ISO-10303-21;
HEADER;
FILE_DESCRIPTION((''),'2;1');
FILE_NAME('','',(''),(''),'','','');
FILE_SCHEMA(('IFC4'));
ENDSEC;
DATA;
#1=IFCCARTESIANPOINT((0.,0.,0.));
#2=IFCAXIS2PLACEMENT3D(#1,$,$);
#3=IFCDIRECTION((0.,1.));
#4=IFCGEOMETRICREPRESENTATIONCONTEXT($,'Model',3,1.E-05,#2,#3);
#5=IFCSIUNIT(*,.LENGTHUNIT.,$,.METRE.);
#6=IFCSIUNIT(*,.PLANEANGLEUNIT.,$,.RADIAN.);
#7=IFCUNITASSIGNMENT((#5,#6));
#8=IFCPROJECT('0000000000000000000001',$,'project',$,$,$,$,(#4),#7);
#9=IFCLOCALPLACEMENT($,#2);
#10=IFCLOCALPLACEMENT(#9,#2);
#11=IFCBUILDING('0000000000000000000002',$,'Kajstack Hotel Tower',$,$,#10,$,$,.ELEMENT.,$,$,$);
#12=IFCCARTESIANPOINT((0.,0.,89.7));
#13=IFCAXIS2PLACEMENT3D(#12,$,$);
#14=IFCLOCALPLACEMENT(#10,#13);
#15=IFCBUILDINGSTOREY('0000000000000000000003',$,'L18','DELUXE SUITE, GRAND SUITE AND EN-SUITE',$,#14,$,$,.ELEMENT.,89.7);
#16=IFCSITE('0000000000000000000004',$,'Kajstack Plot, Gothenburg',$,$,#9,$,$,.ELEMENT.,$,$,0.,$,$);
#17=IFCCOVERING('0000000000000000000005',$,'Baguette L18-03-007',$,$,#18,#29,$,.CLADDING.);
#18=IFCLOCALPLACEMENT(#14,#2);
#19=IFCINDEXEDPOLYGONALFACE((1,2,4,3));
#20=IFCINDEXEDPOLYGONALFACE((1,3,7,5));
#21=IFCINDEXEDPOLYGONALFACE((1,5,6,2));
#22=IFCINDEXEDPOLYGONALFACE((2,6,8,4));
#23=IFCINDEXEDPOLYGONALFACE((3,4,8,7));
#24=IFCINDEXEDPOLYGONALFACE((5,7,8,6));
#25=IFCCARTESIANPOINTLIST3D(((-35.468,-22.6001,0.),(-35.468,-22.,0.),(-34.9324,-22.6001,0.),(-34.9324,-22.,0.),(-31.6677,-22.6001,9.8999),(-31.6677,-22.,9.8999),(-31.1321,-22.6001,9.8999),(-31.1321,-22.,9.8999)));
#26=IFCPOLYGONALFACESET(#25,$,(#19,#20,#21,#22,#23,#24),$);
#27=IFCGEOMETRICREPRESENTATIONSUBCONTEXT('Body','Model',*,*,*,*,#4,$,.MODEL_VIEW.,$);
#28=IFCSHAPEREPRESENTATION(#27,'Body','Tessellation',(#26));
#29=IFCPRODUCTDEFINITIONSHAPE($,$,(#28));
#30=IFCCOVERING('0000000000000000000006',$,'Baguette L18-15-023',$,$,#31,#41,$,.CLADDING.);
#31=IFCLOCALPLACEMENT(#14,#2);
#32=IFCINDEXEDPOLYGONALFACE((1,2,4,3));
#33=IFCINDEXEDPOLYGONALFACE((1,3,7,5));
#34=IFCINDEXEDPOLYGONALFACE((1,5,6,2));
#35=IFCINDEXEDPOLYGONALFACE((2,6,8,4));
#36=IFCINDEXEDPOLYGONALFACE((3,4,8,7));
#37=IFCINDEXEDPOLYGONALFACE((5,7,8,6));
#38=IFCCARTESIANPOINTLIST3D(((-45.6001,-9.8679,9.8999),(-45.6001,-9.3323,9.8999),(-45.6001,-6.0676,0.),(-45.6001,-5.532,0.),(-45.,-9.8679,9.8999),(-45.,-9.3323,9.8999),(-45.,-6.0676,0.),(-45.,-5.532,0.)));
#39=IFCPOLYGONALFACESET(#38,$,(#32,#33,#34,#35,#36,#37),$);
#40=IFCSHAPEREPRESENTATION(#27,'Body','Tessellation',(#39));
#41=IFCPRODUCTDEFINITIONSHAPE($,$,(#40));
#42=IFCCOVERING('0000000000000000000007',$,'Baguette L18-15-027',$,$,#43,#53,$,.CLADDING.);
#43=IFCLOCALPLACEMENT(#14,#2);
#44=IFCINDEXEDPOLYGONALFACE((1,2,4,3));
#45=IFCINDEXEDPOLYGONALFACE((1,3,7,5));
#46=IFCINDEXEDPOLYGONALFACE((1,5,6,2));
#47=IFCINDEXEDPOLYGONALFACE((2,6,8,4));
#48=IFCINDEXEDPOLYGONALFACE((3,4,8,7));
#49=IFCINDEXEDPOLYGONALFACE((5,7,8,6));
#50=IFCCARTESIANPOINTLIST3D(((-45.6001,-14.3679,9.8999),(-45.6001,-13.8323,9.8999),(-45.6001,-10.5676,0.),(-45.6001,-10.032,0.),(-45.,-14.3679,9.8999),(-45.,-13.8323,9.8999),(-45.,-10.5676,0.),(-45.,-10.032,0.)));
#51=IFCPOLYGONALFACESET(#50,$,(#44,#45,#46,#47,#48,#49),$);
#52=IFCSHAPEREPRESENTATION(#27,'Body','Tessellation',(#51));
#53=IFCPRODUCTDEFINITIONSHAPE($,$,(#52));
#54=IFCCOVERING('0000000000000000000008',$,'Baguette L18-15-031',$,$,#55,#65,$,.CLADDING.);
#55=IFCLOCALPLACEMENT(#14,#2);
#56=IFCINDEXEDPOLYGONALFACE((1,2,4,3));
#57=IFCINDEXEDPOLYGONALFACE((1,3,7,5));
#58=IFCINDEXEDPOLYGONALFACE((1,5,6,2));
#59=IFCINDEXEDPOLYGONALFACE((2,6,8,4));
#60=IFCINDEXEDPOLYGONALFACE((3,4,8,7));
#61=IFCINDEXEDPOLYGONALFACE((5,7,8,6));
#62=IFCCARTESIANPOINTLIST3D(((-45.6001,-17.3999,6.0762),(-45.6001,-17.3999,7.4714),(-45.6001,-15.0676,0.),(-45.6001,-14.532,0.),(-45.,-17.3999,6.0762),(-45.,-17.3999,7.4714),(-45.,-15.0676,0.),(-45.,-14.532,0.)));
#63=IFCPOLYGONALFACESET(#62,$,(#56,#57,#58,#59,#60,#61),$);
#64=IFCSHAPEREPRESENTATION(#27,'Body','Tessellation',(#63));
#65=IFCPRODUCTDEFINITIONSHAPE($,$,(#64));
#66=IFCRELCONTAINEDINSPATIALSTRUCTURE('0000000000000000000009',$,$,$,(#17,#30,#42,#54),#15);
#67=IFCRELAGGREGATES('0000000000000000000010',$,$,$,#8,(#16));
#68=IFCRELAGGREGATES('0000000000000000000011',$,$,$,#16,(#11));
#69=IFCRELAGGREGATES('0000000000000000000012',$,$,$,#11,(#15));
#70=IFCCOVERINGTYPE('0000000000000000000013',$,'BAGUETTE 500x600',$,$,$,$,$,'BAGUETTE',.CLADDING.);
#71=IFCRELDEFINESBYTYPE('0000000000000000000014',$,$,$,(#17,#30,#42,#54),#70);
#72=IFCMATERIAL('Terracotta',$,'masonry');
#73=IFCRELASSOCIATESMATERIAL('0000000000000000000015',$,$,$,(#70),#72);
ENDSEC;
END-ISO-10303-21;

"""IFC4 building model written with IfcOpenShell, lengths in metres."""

from ifc_helpers import new_model, si_unit, direction, frame, origin, origin_2d, place, context, subcontext, project, spatial, polyline, rectangle, outline, extrude, material, material_profile, profile_set, type_object, element, save


model = new_model("IFC4")

# Units and contexts
model_context = context("Model", 3, precision=1e-05, world=origin(), true_north=direction((0.0, 1.0)))
body_context = subcontext(model_context, "Body", "Model", "MODEL_VIEW")
ifc_project = project(units=[si_unit("LENGTHUNIT", "METRE"), si_unit("PLANEANGLEUNIT", "RADIAN")], contexts=[model_context])

# Site, building, storey
site_placement = place(None, origin())
site = spatial("IfcSite", under=ifc_project, at=site_placement, Name="Kajstack Plot, Gothenburg", CompositionType="ELEMENT", RefElevation=0.0)
building_placement = place(site_placement, origin())
building = spatial("IfcBuilding", under=site, at=building_placement, Name="Kajstack Hotel Tower", CompositionType="ELEMENT")
storey_placement = place(building_placement, frame((0.0, 0.0, 89.7)))
storey = spatial("IfcBuildingStorey", under=building, at=storey_placement, Name="L18", Description="DELUXE SUITE, GRAND SUITE AND EN-SUITE", CompositionType="ELEMENT", Elevation=89.7)

# Coverings
ifc_material_1 = material(Name="Terracotta", Category="masonry")
ifc_material_profile = material_profile(ifc_material_1, rectangle(XDim=0.6001, YDim=0.5, at=origin_2d()), Name="Terracotta-clad concrete baguette 500 x 600")
ifc_profile_set = profile_set([ifc_material_profile], Name="Terracotta")
covering_type = type_object("IfcCoveringType", Name="BAGUETTE 500x600", ElementType="BAGUETTE", PredefinedType="CLADDING", material=ifc_profile_set)
for number, where, z_axis, x_axis, name in (
    (1, (-35.468, -22.0, 0.0), (0.0, -1.0, 0.0), (1.0, 0.0, 0.0), "Baguette L18-03-007"),
    (2, (-45.0, -5.532, 0.0), (-1.0, 0.0, 0.0), (0.0, -1.0, 0.0), "Baguette L18-15-023"),
    (3, (-45.0, -10.032, 0.0), (-1.0, 0.0, 0.0), (0.0, -1.0, 0.0), "Baguette L18-15-027"),
):
    element("IfcCovering", number, at=place(storey_placement, frame(where, z_axis=z_axis, x_axis=x_axis)), inside=storey, type_object=covering_type, Name=name, PredefinedType="CLADDING", context=body_context, shape_type="SweptSolid", body=[
        extrude(outline(polyline([(3.8003, 9.8999), (0.0, 0.0), (0.5356, 0.0), (4.3359, 9.8999), (3.8003, 9.8999)])), origin(), (0.0, 0.0, 1.0), 0.6001),
    ])
covering_placement = place(storey_placement, frame((-45.0, -14.532, 0.0), z_axis=(-1.0, 0.0, 0.0), x_axis=(0.0, -1.0, 0.0)))
element("IfcCovering", 4, at=covering_placement, inside=storey, type_object=covering_type, Name="Baguette L18-15-031", PredefinedType="CLADDING", context=body_context, shape_type="SweptSolid", body=[
    extrude(outline(polyline([(0.5356, 0.0), (2.8679, 6.0762), (2.8679, 7.4714), (0.0, 0.0), (0.5356, 0.0)])), origin(), (0.0, 0.0, 1.0), 0.6001),
])

save(model, "model.ifc")
